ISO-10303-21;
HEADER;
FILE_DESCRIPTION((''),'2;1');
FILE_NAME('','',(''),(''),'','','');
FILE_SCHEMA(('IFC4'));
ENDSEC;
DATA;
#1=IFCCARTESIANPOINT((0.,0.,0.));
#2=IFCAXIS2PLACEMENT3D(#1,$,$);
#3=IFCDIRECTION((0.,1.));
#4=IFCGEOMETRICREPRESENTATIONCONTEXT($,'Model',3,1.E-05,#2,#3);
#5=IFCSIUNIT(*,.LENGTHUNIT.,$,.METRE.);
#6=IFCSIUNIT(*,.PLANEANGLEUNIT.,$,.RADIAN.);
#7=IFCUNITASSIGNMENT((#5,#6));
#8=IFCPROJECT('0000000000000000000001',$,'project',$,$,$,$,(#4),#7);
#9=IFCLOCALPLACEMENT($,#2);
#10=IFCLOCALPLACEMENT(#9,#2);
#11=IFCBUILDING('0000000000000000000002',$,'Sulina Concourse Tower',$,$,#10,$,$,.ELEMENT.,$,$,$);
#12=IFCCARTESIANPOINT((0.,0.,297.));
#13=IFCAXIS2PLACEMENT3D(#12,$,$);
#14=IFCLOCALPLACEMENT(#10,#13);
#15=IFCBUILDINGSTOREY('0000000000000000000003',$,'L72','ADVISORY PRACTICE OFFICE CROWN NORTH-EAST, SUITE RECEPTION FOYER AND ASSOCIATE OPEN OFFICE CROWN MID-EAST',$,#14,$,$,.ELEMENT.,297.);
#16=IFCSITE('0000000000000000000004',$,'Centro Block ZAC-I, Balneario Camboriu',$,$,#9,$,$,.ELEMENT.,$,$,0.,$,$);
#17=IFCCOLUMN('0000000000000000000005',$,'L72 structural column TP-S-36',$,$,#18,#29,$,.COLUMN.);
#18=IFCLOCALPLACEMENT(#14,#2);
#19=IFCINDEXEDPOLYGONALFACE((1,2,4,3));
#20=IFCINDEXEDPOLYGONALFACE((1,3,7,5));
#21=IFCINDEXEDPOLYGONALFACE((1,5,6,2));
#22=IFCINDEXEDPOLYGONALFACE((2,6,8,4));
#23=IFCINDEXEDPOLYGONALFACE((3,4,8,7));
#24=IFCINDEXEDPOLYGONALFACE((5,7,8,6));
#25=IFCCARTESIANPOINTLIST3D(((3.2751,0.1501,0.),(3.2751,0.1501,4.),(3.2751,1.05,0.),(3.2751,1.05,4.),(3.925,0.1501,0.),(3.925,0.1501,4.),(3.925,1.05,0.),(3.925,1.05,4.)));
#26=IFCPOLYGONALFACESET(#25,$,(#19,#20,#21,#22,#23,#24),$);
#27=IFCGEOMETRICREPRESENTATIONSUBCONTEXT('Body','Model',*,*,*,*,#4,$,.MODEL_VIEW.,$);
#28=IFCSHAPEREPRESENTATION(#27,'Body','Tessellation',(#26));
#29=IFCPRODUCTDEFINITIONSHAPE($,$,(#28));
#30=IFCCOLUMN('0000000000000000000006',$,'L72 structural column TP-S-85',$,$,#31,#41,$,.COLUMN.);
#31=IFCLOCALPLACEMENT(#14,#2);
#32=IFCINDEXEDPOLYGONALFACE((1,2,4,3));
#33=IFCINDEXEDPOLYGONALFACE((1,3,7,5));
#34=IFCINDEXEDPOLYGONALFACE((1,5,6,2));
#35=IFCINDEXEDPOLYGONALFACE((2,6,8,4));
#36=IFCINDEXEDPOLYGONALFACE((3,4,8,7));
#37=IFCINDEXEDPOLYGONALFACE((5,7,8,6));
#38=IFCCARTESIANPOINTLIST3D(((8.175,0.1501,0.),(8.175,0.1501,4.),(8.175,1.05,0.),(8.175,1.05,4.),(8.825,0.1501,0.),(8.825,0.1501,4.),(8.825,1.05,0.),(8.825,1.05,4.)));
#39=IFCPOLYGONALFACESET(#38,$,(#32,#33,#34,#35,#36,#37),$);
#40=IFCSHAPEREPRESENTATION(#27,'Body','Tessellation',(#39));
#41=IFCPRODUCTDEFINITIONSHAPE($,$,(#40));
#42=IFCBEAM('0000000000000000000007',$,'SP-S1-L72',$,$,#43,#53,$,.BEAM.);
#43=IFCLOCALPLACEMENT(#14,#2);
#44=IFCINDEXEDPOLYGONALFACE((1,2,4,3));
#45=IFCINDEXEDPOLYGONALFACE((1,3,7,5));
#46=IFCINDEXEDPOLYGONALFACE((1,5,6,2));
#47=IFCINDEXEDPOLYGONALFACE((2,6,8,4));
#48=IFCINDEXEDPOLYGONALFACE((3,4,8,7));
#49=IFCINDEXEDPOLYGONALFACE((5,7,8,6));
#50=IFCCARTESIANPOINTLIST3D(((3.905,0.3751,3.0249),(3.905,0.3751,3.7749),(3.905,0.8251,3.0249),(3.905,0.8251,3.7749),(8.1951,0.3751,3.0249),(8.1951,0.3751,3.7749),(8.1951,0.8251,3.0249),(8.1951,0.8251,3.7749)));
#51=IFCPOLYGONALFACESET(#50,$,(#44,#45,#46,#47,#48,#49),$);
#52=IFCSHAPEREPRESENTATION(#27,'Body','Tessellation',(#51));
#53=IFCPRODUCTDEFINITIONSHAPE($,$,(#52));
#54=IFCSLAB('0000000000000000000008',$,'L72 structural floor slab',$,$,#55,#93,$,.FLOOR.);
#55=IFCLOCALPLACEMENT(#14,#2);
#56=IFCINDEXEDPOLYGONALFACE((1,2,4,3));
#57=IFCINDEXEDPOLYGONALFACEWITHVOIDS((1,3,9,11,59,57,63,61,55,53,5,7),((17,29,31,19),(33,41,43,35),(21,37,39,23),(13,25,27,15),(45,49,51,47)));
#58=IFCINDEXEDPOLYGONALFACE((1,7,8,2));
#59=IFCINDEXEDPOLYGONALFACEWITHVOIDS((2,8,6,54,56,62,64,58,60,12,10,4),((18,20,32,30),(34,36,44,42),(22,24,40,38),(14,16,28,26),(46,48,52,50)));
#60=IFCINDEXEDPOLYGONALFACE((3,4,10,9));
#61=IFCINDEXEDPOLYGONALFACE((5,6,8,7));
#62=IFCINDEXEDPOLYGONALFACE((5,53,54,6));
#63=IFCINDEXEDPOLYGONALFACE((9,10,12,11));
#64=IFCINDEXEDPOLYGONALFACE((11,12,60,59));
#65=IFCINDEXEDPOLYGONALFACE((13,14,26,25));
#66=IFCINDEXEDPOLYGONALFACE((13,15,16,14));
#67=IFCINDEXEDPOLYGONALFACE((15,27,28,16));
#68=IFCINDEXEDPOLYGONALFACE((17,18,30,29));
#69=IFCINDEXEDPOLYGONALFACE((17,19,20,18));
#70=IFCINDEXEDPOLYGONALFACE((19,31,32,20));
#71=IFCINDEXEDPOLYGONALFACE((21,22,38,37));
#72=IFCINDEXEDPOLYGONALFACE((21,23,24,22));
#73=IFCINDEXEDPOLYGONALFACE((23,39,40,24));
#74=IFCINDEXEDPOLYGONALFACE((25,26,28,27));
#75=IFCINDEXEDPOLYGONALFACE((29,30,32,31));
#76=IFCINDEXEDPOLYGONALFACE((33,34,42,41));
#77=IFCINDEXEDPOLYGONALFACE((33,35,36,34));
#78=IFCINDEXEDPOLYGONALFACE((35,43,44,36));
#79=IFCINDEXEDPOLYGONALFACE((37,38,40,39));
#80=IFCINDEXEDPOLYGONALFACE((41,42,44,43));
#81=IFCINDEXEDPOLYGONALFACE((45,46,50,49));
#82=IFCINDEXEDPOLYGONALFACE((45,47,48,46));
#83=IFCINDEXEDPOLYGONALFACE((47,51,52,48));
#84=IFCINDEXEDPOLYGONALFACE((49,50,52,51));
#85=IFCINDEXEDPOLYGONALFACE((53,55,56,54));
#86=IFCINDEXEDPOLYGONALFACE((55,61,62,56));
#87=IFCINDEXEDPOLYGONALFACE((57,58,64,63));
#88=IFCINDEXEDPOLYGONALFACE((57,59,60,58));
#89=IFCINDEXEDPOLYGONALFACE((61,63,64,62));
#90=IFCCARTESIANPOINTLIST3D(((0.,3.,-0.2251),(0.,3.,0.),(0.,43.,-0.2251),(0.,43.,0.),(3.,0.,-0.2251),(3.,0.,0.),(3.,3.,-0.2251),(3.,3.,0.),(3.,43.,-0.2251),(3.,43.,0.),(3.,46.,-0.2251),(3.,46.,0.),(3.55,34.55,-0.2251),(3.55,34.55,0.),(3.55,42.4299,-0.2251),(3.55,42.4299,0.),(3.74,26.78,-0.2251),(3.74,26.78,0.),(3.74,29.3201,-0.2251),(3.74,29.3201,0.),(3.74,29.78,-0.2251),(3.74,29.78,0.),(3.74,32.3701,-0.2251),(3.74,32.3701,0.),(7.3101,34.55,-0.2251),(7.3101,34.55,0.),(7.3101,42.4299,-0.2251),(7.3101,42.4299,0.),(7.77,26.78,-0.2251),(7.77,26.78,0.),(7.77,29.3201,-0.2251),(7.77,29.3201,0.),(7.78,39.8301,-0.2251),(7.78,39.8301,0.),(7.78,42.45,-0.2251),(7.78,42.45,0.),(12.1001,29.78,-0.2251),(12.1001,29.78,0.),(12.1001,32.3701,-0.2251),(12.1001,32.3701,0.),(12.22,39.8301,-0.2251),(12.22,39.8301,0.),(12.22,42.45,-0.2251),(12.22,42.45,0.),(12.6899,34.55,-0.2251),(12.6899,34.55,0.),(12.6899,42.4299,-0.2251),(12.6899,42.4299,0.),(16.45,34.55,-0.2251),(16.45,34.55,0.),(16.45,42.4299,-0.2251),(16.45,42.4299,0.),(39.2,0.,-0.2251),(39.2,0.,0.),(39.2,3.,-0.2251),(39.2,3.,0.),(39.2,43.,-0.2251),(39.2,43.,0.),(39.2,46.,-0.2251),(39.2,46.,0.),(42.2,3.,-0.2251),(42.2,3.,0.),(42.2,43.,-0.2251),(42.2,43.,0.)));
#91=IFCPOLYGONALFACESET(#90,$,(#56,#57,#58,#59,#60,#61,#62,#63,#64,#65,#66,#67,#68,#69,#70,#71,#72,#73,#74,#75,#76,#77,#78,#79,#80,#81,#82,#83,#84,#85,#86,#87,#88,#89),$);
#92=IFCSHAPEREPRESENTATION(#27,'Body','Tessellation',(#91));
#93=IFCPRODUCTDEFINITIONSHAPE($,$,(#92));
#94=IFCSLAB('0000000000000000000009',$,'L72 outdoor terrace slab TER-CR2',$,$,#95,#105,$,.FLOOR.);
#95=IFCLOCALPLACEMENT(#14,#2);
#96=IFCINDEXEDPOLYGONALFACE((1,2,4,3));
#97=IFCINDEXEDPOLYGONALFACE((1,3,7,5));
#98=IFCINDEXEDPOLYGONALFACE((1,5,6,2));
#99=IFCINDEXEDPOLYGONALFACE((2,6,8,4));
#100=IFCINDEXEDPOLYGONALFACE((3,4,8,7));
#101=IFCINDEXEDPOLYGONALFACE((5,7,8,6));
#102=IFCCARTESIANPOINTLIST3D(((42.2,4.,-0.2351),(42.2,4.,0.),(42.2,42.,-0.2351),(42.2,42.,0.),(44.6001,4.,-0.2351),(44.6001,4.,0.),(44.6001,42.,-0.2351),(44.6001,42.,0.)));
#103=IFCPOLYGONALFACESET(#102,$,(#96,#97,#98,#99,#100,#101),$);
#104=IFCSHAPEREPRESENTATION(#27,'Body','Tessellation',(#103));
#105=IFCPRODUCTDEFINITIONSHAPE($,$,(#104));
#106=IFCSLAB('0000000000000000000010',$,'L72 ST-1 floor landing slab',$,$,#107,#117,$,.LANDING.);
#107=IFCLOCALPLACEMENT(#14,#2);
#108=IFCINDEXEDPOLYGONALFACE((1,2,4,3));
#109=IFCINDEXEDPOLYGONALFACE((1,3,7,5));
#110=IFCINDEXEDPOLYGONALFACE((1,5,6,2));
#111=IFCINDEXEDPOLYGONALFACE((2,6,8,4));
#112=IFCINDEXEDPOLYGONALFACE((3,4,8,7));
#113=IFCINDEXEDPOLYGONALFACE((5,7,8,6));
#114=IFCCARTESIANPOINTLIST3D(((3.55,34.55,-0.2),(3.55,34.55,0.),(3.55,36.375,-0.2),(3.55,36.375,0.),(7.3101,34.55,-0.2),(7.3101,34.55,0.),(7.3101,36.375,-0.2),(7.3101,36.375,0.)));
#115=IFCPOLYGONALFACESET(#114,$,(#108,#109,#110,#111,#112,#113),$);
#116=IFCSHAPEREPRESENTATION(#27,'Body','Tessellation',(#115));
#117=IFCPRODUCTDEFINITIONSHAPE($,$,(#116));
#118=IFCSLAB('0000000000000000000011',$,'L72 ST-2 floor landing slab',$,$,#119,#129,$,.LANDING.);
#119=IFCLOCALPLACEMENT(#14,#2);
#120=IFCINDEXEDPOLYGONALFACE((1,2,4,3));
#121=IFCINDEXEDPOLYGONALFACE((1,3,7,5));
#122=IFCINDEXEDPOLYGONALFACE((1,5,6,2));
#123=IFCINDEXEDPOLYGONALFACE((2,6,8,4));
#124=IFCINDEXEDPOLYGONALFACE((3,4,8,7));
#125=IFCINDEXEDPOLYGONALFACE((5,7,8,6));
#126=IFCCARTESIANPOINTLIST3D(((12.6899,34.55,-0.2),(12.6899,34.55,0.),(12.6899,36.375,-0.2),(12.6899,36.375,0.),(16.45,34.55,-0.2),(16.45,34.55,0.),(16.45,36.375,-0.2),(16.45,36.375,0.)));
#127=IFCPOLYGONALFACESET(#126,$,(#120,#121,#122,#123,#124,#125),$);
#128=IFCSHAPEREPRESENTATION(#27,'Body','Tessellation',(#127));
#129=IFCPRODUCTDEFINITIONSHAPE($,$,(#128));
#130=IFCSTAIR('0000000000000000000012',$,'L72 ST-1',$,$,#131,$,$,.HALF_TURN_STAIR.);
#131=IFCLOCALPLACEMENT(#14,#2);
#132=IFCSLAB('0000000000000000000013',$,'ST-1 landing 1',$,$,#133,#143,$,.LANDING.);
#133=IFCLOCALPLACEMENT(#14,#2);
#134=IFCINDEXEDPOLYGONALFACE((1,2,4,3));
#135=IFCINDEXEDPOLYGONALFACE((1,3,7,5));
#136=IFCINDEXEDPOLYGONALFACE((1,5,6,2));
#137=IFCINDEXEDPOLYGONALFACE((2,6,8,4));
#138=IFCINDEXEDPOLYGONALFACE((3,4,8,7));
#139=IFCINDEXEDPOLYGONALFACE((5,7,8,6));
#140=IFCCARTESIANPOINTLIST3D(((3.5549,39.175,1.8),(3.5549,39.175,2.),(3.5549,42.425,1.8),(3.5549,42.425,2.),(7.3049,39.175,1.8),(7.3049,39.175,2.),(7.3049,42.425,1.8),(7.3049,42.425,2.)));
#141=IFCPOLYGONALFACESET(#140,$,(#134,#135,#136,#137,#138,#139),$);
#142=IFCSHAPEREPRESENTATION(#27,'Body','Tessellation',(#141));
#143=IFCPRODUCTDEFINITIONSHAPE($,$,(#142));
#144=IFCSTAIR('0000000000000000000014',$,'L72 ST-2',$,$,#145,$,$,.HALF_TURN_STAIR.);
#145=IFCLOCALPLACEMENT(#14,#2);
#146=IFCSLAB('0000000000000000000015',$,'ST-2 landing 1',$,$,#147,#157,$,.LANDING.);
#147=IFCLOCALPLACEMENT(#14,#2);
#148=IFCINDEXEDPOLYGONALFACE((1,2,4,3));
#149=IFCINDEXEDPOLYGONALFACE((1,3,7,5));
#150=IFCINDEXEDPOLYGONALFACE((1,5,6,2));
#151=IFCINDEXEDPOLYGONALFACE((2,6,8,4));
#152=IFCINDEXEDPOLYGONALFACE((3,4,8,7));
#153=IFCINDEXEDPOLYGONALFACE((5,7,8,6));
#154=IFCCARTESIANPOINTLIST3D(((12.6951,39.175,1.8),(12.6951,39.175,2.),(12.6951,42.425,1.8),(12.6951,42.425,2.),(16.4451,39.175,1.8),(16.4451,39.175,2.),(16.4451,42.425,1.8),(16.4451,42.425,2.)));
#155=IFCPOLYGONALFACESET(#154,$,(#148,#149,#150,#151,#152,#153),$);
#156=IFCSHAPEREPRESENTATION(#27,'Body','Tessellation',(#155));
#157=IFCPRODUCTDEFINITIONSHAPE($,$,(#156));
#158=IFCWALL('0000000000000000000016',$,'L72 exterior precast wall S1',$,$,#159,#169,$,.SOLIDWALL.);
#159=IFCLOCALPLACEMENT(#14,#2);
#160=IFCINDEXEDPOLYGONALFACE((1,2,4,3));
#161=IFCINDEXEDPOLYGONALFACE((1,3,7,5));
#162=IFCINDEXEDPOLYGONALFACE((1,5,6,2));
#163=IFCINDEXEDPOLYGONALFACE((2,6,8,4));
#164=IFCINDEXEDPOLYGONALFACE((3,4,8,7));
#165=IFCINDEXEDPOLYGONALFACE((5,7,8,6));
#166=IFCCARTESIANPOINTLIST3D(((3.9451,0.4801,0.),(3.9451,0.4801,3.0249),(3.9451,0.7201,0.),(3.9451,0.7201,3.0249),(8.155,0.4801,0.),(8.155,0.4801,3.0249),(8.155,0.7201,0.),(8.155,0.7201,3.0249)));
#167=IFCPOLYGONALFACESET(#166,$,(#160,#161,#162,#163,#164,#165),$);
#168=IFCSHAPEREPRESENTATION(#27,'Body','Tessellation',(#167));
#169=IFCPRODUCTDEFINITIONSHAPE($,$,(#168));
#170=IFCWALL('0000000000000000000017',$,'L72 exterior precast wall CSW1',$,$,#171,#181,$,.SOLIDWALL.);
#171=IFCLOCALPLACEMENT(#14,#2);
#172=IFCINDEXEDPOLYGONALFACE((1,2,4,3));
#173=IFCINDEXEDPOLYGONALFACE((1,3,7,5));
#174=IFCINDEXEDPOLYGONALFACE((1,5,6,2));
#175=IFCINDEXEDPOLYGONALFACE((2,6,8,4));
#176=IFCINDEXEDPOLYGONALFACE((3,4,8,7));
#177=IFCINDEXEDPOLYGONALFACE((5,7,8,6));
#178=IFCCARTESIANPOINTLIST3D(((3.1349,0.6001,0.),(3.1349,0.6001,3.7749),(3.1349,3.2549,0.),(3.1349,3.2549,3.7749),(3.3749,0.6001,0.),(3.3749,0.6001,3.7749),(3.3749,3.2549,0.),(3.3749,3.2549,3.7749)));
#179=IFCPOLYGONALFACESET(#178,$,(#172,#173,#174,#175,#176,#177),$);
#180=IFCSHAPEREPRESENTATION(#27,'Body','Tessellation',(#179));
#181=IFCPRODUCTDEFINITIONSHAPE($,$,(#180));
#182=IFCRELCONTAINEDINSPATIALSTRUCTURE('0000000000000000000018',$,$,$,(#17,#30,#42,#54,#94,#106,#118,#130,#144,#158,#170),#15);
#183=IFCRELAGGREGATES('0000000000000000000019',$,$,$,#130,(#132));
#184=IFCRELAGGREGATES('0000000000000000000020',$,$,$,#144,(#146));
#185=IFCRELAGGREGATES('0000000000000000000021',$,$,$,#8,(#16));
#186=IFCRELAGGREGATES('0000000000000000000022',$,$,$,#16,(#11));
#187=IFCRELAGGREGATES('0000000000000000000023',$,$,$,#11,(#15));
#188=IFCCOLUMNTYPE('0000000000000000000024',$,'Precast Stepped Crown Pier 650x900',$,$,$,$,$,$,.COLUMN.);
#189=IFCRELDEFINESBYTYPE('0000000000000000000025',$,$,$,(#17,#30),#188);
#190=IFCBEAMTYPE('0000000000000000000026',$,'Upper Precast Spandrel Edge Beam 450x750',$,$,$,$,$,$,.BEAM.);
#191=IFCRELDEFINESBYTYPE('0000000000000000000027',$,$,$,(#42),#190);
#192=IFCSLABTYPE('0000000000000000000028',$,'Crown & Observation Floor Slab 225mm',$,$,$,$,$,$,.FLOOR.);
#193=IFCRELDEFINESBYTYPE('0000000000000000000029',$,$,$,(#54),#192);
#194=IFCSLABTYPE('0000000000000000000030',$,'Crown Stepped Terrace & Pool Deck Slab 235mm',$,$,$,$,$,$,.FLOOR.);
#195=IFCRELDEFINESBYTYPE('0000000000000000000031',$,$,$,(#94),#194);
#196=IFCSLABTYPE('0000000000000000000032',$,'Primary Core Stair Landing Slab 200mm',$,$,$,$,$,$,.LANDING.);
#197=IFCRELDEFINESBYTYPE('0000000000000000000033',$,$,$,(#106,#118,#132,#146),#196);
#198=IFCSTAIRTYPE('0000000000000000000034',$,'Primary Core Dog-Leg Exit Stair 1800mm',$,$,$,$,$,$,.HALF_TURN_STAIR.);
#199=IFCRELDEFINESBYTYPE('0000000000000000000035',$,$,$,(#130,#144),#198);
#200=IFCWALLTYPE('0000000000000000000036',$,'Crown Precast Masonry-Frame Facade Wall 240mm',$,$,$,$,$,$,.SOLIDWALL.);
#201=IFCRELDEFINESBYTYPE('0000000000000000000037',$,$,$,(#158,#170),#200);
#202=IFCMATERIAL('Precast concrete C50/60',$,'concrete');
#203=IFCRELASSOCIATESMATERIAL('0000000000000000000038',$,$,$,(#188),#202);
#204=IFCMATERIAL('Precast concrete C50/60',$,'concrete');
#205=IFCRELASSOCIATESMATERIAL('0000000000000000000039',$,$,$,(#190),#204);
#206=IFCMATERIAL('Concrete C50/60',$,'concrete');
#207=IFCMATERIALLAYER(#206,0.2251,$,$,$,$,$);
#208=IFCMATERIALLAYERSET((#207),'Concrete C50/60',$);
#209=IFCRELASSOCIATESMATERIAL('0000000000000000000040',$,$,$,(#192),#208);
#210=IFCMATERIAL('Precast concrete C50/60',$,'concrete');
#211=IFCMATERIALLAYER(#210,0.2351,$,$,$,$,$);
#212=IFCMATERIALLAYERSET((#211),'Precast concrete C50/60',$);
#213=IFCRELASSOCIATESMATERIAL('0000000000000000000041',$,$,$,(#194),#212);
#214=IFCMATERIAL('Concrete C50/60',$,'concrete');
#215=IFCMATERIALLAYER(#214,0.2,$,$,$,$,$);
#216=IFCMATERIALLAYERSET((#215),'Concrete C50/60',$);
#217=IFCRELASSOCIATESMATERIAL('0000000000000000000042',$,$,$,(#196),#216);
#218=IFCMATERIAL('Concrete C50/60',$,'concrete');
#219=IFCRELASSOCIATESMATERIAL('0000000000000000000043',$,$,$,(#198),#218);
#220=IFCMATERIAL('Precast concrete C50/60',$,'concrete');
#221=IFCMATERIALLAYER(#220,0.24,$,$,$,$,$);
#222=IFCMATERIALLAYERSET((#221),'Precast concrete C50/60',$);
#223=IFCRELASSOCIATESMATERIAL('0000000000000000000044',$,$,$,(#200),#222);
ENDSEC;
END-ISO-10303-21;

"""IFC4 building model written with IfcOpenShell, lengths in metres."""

from ifc_helpers import new_model, si_unit, direction, frame, frame_2d, origin, origin_2d, place, context, subcontext, project, spatial, polyline, rectangle, outline, extrude, material, layer, layer_set, material_profile, profile_set, type_object, element, aggregate, save


model = new_model("IFC4")

# Units and contexts
model_context = context("Model", 3, precision=1e-05, world=origin(), true_north=direction((0.0, 1.0)))
body_context = subcontext(model_context, "Body", "Model", "MODEL_VIEW")
ifc_project = project(units=[si_unit("LENGTHUNIT", "METRE"), si_unit("PLANEANGLEUNIT", "RADIAN")], contexts=[model_context])

# Site, building, storey
site_placement = place(None, origin())
site = spatial("IfcSite", under=ifc_project, at=site_placement, Name="Centro Block ZAC-I, Balneario Camboriu", CompositionType="ELEMENT", RefElevation=0.0)
building_placement = place(site_placement, origin())
building = spatial("IfcBuilding", under=site, at=building_placement, Name="Sulina Concourse Tower", CompositionType="ELEMENT")
storey_placement = place(building_placement, frame((0.0, 0.0, 297.0)))
storey = spatial("IfcBuildingStorey", under=building, at=storey_placement, Name="L72", Description="ADVISORY PRACTICE OFFICE CROWN NORTH-EAST, SUITE RECEPTION FOYER AND ASSOCIATE OPEN OFFICE CROWN MID-EAST", CompositionType="ELEMENT", Elevation=297.0)

# Columns
ifc_material_1 = material(Name="Precast concrete C50/60", Category="concrete")
ifc_material_profile_1 = material_profile(ifc_material_1, rectangle(XDim=0.6499, YDim=0.8999, at=origin_2d()), Name="PC 650x900")
ifc_profile_set_1 = profile_set([ifc_material_profile_1], Name="Precast concrete C50/60")
column_type = type_object("IfcColumnType", Name="Precast Stepped Crown Pier 650x900", PredefinedType="COLUMN", material=ifc_profile_set_1)
for number, where, z_axis, x_axis, name in (
    (1, (3.6001, 0.6001, 0.0), (0.0, 0.0, 1.0), (1.0, 0.0, 0.0), "L72 structural column TP-S-36"),
    (2, (8.5, 0.6001, 0.0), (0.0, 0.0, 1.0), (1.0, 0.0, 0.0), "L72 structural column TP-S-85"),
):
    element("IfcColumn", number, at=place(storey_placement, frame(where, z_axis=z_axis, x_axis=x_axis)), inside=storey, type_object=column_type, Name=name, PredefinedType="COLUMN", context=body_context, shape_type="SweptSolid", body=[
        extrude(rectangle(XDim=0.6499, YDim=0.8999, at=origin_2d()), origin(), (0.0, 0.0, 1.0), 4.0),
    ])

# Beam
ifc_material_2 = material(Name="Precast concrete C50/60", Category="concrete")
ifc_material_profile_2 = material_profile(ifc_material_2, rectangle(XDim=0.45, YDim=0.75, at=origin_2d()), Name="RC 450x750")
ifc_profile_set_2 = profile_set([ifc_material_profile_2], Name="Precast concrete C50/60")
beam_type = type_object("IfcBeamType", Name="Upper Precast Spandrel Edge Beam 450x750", PredefinedType="BEAM", material=ifc_profile_set_2)
beam_placement = place(storey_placement, frame((3.905, 0.6001, 3.3999), z_axis=(1.0, 0.0, 0.0), x_axis=(0.0, 1.0, 0.0)))
element("IfcBeam", 3, at=beam_placement, inside=storey, type_object=beam_type, Name="SP-S1-L72", PredefinedType="BEAM", context=body_context, shape_type="SweptSolid", body=[
    extrude(rectangle(XDim=0.45, YDim=0.75, at=origin_2d()), origin(), (0.0, 0.0, 1.0), 4.29),
])

# Slabs
ifc_material_3 = material(Name="Concrete C50/60", Category="concrete")
ifc_layer_1 = layer(ifc_material_3, 0.2251)
ifc_layer_set_1 = layer_set([ifc_layer_1], Name="Concrete C50/60")
slab_type_1 = type_object("IfcSlabType", Name="Crown & Observation Floor Slab 225mm", PredefinedType="FLOOR", material=ifc_layer_set_1)
slab_1_placement = place(storey_placement, frame((0.0, 0.0, -0.2251)))
element("IfcSlab", 4, at=slab_1_placement, inside=storey, type_object=slab_type_1, Name="L72 structural floor slab", PredefinedType="FLOOR", context=body_context, shape_type="SweptSolid", body=[
    extrude(outline(polyline([(3.0, 0.0), (39.2, 0.0), (39.2, 3.0), (42.2, 3.0), (42.2, 43.0), (39.2, 43.0), (39.2, 46.0), (3.0, 46.0), (3.0, 43.0), (0.0, 43.0), (0.0, 3.0), (3.0, 3.0), (3.0, 0.0)]), holes=[polyline([(7.3101, 34.55), (7.3101, 42.4299), (3.55, 42.4299), (3.55, 34.55), (7.3101, 34.55)]), polyline([(16.45, 34.55), (16.45, 42.4299), (12.6899, 42.4299), (12.6899, 34.55), (16.45, 34.55)]), polyline([(7.78, 39.8301), (12.22, 39.8301), (12.22, 42.45), (7.78, 42.45), (7.78, 39.8301)]), polyline([(3.74, 26.78), (7.77, 26.78), (7.77, 29.3201), (3.74, 29.3201), (3.74, 26.78)]), polyline([(3.74, 29.78), (12.1001, 29.78), (12.1001, 32.3701), (3.74, 32.3701), (3.74, 29.78)])]), origin(), (0.0, 0.0, 1.0), 0.2251),
])
ifc_material_4 = material(Name="Precast concrete C50/60", Category="concrete")
ifc_layer_2 = layer(ifc_material_4, 0.2351)
ifc_layer_set_2 = layer_set([ifc_layer_2], Name="Precast concrete C50/60")
slab_type_2 = type_object("IfcSlabType", Name="Crown Stepped Terrace & Pool Deck Slab 235mm", PredefinedType="FLOOR", material=ifc_layer_set_2)
slab_2_placement = place(storey_placement, frame((0.0, 0.0, -0.2351)))
element("IfcSlab", 5, at=slab_2_placement, inside=storey, type_object=slab_type_2, Name="L72 outdoor terrace slab TER-CR2", PredefinedType="FLOOR", context=body_context, shape_type="SweptSolid", body=[
    extrude(outline(polyline([(42.2, 4.0), (44.6001, 4.0), (44.6001, 42.0), (42.2, 42.0), (42.2, 4.0)])), origin(), (0.0, 0.0, 1.0), 0.2351),
])
ifc_material_5 = material(Name="Concrete C50/60", Category="concrete")
ifc_layer_3 = layer(ifc_material_5, 0.2)
ifc_layer_set_3 = layer_set([ifc_layer_3], Name="Concrete C50/60")
slab_type_3 = type_object("IfcSlabType", Name="Primary Core Stair Landing Slab 200mm", PredefinedType="LANDING", material=ifc_layer_set_3)
slab_3_placement = place(storey_placement, frame((0.0, 0.0, -0.2)))
element("IfcSlab", 6, at=slab_3_placement, inside=storey, type_object=slab_type_3, Name="L72 ST-1 floor landing slab", PredefinedType="LANDING", context=body_context, shape_type="SweptSolid", body=[
    extrude(outline(polyline([(7.3101, 34.55), (7.3101, 36.375), (3.55, 36.375), (3.55, 34.55), (7.3101, 34.55)])), origin(), (0.0, 0.0, 1.0), 0.2),
])
slab_4_placement = place(storey_placement, frame((0.0, 0.0, -0.2)))
element("IfcSlab", 7, at=slab_4_placement, inside=storey, type_object=slab_type_3, Name="L72 ST-2 floor landing slab", PredefinedType="LANDING", context=body_context, shape_type="SweptSolid", body=[
    extrude(outline(polyline([(16.45, 34.55), (16.45, 36.375), (12.6899, 36.375), (12.6899, 34.55), (16.45, 34.55)])), origin(), (0.0, 0.0, 1.0), 0.2),
])

# Stairs, slabs
ifc_material_6 = material(Name="Concrete C50/60", Category="concrete")
stair_type = type_object("IfcStairType", Name="Primary Core Dog-Leg Exit Stair 1800mm", PredefinedType="HALF_TURN_STAIR", material=ifc_material_6)
stair_1_placement = place(storey_placement, origin())
stair_1 = element("IfcStair", 8, at=stair_1_placement, inside=storey, type_object=stair_type, Name="L72 ST-1", PredefinedType="HALF_TURN_STAIR")
slab_5_placement = place(storey_placement, frame((0.0, 0.0, 1.8)))
slab_5 = element("IfcSlab", 9, at=slab_5_placement, type_object=slab_type_3, Name="ST-1 landing 1", PredefinedType="LANDING", context=body_context, shape_type="SweptSolid", body=[
    extrude(outline(polyline([(7.3049, 39.175), (7.3049, 42.425), (3.5549, 42.425), (3.5549, 39.175), (7.3049, 39.175)])), origin(), (0.0, 0.0, 1.0), 0.2),
])
aggregate(stair_1, [slab_5])
stair_2_placement = place(storey_placement, origin())
stair_2 = element("IfcStair", 10, at=stair_2_placement, inside=storey, type_object=stair_type, Name="L72 ST-2", PredefinedType="HALF_TURN_STAIR")
slab_6_placement = place(storey_placement, frame((0.0, 0.0, 1.8)))
slab_6 = element("IfcSlab", 11, at=slab_6_placement, type_object=slab_type_3, Name="ST-2 landing 1", PredefinedType="LANDING", context=body_context, shape_type="SweptSolid", body=[
    extrude(outline(polyline([(16.4451, 39.175), (16.4451, 42.425), (12.6951, 42.425), (12.6951, 39.175), (16.4451, 39.175)])), origin(), (0.0, 0.0, 1.0), 0.2),
])
aggregate(stair_2, [slab_6])

# Walls
ifc_material_7 = material(Name="Precast concrete C50/60", Category="concrete")
ifc_layer_4 = layer(ifc_material_7, 0.24)
ifc_layer_set_4 = layer_set([ifc_layer_4], Name="Precast concrete C50/60")
wall_type_1 = type_object("IfcWallType", Name="Crown Precast Masonry-Frame Facade Wall 240mm", PredefinedType="SOLIDWALL", material=ifc_layer_set_4)
wall_1_placement = place(storey_placement, frame((8.155, 0.6001, 0.0), z_axis=(0.0, 0.0, 1.0), x_axis=(-1.0, 0.0, 0.0)))
element("IfcWall", 12, at=wall_1_placement, inside=storey, type_object=wall_type_1, Name="L72 exterior precast wall S1", PredefinedType="SOLIDWALL", context=body_context, shape_type="SweptSolid", body=[
    extrude(rectangle(XDim=4.21, YDim=0.24, at=frame_2d((2.105, 0.0))), origin(), (0.0, 0.0, 1.0), 3.0249),
])
wall_2_placement = place(storey_placement, frame((3.2549, 0.6001, 0.0), z_axis=(0.0, 0.0, 1.0), x_axis=(0.0, 1.0, 0.0)))
element("IfcWall", 13, at=wall_2_placement, inside=storey, type_object=wall_type_1, Name="L72 exterior precast wall CSW1", PredefinedType="SOLIDWALL", context=body_context, shape_type="SweptSolid", body=[
    extrude(rectangle(XDim=2.6548, YDim=0.24, at=frame_2d((1.3274, 0.0))), origin(), (0.0, 0.0, 1.0), 3.7749),
])

save(model, "model.ifc")
